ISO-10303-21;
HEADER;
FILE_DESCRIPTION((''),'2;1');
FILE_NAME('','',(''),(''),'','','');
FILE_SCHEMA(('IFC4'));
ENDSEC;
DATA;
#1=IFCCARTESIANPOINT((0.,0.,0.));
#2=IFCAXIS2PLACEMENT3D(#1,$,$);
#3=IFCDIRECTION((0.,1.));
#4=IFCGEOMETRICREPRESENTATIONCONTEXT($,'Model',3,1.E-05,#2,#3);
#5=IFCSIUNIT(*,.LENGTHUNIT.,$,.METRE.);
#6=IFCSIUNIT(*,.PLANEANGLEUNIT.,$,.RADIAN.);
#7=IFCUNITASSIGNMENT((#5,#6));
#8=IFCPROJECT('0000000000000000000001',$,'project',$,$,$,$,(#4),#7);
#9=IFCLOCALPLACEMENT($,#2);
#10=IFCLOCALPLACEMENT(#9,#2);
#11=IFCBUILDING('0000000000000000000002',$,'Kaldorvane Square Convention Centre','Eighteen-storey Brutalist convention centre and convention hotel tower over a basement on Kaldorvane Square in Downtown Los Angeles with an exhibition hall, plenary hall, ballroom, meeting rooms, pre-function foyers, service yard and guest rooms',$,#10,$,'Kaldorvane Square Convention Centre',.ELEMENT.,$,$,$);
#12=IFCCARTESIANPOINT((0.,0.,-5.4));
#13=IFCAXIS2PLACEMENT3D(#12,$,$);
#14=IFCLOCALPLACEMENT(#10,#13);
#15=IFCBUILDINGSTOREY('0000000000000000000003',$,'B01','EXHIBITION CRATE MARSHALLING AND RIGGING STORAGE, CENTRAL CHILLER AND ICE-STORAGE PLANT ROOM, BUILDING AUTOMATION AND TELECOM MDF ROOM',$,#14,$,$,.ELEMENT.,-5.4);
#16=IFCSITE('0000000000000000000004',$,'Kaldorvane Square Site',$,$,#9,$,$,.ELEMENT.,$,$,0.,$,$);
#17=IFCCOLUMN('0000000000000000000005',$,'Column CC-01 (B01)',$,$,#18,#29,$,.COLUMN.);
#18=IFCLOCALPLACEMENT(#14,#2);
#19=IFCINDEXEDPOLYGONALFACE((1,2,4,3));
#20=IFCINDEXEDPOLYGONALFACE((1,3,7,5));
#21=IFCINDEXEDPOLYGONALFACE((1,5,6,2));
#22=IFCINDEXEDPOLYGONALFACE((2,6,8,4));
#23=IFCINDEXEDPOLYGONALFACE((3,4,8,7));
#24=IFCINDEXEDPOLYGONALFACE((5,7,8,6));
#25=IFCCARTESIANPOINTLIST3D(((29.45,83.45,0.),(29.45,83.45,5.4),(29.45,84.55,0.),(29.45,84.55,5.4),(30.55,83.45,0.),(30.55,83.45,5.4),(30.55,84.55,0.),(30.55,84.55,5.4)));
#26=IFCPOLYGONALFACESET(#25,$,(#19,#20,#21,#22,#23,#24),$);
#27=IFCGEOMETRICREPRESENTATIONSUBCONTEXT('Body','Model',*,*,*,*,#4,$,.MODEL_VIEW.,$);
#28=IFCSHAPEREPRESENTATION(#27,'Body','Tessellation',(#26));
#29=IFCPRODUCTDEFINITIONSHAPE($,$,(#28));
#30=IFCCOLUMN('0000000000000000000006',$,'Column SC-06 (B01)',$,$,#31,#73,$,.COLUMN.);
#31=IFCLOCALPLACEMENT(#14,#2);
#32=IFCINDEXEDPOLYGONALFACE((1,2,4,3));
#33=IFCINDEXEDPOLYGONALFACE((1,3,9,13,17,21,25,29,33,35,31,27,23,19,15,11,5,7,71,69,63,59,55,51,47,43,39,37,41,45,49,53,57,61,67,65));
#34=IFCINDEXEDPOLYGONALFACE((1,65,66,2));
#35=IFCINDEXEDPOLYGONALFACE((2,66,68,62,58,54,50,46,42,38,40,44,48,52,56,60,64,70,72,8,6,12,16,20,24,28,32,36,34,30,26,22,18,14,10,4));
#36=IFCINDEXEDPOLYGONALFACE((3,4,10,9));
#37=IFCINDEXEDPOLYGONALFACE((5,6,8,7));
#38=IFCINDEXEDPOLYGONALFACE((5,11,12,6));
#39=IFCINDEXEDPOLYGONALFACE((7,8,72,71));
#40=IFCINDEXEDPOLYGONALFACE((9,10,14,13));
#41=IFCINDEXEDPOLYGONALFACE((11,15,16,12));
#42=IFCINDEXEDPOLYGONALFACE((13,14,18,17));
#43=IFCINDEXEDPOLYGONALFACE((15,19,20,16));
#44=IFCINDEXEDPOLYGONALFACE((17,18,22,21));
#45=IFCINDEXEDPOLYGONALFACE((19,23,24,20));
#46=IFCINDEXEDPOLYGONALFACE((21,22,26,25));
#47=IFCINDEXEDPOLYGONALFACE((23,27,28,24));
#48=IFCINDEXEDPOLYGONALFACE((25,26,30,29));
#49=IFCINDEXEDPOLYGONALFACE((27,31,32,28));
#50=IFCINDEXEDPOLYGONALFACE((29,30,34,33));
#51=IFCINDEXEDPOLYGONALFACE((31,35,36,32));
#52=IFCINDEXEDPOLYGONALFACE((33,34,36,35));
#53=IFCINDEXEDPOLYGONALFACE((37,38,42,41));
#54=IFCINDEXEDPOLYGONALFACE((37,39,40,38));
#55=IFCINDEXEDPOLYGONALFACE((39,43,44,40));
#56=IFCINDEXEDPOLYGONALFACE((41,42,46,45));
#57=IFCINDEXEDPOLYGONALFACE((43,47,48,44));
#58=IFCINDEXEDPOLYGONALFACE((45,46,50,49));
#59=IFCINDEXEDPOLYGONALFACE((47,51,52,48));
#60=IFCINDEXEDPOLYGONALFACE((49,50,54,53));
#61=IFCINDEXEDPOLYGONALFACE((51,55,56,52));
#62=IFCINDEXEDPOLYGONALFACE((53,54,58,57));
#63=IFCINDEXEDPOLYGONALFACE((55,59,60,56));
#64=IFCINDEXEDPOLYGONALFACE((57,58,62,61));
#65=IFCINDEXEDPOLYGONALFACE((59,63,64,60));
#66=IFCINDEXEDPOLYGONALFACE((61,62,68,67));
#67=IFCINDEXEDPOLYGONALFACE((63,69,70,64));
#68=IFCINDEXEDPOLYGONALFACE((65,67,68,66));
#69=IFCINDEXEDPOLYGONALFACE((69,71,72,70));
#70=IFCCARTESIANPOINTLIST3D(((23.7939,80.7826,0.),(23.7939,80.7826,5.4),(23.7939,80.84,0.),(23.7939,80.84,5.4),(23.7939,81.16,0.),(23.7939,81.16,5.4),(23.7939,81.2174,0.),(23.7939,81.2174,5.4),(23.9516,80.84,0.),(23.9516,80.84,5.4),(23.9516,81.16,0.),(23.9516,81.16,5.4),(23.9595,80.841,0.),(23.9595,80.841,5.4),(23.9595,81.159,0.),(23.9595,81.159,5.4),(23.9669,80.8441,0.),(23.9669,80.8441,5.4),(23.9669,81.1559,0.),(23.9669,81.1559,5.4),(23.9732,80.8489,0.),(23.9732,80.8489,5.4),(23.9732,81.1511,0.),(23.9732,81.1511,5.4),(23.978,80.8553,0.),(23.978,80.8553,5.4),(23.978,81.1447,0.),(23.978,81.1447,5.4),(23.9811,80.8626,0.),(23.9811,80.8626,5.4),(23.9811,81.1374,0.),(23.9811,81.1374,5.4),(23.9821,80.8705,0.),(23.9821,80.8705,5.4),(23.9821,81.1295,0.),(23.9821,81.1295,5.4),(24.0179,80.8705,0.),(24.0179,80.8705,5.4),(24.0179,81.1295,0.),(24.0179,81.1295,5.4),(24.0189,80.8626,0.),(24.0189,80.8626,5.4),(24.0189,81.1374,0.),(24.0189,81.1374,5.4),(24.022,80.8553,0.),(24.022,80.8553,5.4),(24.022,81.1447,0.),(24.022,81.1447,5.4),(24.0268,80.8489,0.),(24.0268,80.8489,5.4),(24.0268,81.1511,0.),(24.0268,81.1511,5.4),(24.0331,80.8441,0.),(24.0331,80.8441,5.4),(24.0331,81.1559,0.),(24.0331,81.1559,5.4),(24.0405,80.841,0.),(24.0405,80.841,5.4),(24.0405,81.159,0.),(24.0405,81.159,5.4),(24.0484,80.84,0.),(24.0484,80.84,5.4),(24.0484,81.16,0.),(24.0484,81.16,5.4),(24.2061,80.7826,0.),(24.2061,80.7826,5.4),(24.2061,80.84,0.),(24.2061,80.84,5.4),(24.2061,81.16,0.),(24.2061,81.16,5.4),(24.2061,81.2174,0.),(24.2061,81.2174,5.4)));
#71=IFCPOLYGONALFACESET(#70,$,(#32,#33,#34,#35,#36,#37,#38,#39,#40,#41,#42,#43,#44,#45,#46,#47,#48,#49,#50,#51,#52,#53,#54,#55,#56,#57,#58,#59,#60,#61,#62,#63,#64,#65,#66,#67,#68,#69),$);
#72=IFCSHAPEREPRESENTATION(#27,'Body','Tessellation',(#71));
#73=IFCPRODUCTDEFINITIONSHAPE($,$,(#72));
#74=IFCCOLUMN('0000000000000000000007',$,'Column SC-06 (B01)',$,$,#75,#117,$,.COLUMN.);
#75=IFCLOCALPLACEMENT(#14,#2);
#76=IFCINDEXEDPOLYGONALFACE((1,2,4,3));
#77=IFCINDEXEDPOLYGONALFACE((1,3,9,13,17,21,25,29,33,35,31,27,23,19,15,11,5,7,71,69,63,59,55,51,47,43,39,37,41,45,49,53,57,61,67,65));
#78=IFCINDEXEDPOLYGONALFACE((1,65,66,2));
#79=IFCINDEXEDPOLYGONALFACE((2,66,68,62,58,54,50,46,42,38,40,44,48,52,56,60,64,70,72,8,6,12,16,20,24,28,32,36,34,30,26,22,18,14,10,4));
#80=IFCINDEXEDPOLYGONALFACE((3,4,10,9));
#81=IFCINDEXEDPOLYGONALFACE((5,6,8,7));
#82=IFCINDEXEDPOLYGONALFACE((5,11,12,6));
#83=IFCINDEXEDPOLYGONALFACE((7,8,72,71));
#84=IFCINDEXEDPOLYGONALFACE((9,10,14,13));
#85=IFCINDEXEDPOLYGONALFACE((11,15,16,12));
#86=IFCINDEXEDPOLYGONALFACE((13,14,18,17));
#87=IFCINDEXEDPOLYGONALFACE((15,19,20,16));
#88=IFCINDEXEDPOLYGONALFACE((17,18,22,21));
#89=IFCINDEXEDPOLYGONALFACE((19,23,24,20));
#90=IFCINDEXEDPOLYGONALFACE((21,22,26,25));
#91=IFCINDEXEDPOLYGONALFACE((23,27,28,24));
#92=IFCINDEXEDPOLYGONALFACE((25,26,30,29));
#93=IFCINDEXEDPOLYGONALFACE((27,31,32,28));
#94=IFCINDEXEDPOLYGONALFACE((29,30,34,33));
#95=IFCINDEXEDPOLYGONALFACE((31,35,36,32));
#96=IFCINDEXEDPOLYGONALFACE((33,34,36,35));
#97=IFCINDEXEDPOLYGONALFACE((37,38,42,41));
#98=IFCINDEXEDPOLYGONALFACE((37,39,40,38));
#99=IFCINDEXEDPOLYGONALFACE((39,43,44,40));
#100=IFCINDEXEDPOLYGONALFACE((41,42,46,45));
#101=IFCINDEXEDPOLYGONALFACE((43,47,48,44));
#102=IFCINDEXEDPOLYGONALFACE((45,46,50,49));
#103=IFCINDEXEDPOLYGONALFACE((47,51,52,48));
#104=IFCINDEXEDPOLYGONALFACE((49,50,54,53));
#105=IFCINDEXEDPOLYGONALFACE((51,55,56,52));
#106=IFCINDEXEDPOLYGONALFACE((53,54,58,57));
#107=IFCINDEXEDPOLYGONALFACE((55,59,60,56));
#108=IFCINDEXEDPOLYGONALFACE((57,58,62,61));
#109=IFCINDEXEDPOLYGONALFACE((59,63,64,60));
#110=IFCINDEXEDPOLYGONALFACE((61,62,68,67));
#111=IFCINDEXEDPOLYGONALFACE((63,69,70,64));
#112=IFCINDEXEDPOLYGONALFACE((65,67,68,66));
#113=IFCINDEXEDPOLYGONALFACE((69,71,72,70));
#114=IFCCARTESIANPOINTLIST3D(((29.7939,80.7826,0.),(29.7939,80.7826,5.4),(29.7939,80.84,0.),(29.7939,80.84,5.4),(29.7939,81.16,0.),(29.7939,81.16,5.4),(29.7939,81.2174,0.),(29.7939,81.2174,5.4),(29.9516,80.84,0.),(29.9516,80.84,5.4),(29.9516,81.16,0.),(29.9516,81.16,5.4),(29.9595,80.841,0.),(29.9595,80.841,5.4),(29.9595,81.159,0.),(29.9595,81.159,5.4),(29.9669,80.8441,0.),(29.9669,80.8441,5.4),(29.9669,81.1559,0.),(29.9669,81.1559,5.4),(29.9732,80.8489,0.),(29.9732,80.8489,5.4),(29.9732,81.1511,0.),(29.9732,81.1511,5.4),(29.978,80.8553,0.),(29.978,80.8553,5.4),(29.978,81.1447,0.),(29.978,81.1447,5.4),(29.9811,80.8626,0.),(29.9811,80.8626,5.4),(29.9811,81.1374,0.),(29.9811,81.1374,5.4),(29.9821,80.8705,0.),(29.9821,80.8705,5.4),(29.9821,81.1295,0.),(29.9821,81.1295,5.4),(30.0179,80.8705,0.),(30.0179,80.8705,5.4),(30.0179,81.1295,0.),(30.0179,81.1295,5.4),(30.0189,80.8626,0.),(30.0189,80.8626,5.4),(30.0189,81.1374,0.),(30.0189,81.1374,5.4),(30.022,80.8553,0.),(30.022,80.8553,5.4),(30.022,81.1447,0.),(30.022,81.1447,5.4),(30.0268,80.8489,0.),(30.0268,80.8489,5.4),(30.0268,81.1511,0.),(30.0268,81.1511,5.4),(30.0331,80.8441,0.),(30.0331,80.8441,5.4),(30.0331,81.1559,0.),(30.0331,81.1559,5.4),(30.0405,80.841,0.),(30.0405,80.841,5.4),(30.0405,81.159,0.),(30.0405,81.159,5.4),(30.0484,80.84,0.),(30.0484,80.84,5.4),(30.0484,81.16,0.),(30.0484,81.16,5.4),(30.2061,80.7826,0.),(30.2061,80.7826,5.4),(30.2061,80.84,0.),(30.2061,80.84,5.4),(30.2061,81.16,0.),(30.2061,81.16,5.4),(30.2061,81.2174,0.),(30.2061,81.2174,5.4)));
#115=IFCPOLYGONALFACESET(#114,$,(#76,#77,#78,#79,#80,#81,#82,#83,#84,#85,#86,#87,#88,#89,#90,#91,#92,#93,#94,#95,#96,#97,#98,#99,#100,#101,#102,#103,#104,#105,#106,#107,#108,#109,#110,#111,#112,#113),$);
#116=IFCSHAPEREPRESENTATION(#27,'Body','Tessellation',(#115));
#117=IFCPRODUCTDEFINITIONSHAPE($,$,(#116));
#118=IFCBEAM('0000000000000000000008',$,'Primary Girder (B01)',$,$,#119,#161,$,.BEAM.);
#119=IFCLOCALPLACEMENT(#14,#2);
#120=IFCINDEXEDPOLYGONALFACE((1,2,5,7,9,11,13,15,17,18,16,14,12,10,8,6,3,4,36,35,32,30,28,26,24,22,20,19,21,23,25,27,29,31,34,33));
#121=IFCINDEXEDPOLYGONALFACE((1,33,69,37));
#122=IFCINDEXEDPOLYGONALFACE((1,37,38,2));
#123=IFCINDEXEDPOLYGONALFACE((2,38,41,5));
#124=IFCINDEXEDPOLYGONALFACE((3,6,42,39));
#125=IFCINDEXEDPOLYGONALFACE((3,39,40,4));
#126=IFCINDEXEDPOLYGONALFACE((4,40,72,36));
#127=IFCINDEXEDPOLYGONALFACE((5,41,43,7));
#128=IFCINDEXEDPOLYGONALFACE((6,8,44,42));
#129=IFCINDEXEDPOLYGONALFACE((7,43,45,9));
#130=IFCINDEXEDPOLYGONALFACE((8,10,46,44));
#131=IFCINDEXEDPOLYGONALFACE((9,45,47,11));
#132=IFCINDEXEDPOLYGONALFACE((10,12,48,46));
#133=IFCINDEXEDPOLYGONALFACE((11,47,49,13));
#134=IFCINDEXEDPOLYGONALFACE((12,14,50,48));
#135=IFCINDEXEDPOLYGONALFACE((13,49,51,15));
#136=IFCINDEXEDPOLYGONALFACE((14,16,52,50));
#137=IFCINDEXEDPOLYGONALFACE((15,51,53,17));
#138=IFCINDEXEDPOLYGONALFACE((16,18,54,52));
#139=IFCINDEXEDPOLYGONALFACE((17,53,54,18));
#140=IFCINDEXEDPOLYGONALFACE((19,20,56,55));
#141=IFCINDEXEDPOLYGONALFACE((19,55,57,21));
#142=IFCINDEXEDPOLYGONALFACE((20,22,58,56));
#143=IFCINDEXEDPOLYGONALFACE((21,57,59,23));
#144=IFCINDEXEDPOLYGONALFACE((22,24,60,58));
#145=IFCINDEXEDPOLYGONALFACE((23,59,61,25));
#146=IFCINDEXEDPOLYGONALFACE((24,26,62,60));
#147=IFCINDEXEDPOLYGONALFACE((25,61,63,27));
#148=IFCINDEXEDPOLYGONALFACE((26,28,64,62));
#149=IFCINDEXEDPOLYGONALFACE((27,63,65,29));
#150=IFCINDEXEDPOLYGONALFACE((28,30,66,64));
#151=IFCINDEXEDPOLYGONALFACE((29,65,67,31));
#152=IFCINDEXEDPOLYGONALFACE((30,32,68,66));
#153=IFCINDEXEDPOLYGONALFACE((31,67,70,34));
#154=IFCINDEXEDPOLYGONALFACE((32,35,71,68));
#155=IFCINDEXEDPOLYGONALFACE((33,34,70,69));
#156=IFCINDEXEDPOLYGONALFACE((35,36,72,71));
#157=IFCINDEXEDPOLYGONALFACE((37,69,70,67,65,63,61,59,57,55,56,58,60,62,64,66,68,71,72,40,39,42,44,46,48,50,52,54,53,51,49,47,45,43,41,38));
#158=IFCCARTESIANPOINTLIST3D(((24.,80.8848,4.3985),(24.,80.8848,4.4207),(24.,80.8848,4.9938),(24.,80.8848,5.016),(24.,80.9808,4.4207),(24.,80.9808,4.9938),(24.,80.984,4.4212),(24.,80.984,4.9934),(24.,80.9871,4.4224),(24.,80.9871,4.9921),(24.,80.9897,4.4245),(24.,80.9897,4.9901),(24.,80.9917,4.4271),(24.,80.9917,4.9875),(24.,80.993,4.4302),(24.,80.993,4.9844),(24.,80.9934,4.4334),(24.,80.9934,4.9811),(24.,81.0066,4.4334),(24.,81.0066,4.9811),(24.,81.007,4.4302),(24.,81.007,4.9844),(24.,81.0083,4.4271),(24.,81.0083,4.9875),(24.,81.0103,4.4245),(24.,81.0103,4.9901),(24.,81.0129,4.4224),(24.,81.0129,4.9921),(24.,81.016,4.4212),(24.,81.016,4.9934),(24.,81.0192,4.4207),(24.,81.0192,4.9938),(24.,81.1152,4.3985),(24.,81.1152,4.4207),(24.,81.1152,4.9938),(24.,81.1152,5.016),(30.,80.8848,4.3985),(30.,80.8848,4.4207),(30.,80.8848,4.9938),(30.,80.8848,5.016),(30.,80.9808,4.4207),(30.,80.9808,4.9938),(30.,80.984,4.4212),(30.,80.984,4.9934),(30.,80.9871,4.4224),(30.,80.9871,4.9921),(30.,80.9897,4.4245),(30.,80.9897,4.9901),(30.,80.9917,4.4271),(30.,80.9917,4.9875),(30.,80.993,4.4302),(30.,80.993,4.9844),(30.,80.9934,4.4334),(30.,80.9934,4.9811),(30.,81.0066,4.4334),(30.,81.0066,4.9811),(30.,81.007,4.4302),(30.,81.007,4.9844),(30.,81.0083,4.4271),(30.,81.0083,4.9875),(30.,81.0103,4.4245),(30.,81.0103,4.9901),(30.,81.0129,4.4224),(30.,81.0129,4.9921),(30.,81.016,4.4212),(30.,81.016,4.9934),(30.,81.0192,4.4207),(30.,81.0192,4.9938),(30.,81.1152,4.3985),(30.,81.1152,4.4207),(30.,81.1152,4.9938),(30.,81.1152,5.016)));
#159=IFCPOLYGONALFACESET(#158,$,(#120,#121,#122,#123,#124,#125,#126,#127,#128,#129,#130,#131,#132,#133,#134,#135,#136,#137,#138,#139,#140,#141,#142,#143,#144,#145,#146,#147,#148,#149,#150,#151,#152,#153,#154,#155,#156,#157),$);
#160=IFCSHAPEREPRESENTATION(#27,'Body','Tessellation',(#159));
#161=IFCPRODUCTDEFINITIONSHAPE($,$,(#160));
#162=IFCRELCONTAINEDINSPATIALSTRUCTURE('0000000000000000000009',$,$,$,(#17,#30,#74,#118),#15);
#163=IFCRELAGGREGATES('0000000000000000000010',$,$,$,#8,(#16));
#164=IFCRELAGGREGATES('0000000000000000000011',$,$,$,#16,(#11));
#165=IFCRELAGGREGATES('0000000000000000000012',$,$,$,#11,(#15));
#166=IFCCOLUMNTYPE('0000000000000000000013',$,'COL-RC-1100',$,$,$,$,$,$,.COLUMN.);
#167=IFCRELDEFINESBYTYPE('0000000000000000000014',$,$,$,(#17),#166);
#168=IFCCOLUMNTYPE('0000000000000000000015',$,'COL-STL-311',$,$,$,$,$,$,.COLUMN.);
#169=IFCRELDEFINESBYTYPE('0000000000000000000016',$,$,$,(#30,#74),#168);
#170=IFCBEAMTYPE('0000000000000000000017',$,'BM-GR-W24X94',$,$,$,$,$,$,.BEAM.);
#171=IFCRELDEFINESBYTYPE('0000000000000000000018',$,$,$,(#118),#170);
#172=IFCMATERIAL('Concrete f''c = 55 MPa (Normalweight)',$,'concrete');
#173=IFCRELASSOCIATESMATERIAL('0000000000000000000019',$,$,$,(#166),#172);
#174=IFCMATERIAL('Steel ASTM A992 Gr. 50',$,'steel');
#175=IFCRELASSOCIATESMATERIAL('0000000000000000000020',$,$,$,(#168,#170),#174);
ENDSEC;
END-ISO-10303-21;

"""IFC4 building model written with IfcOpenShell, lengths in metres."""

from ifc_helpers import new_model, si_unit, direction, frame, origin, origin_2d, place, context, subcontext, project, spatial, rectangle, i_section, extrude, material, material_profile, profile_set, type_object, element, save


model = new_model("IFC4")

# Units and contexts
model_context = context("Model", 3, precision=1e-05, world=origin(), true_north=direction((0.0, 1.0)))
body_context = subcontext(model_context, "Body", "Model", "MODEL_VIEW")
ifc_project = project(units=[si_unit("LENGTHUNIT", "METRE"), si_unit("PLANEANGLEUNIT", "RADIAN")], contexts=[model_context])

# Site, building, storey
site_placement = place(None, origin())
site = spatial("IfcSite", under=ifc_project, at=site_placement, Name="Kaldorvane Square Site", CompositionType="ELEMENT", RefElevation=0.0)
building_placement = place(site_placement, origin())
building = spatial("IfcBuilding", under=site, at=building_placement, Name="Kaldorvane Square Convention Centre", Description="Eighteen-storey Brutalist convention centre and convention hotel tower over a basement on Kaldorvane Square in Downtown Los Angeles with an exhibition hall, plenary hall, ballroom, meeting rooms, pre-function foyers, service yard and guest rooms", LongName="Kaldorvane Square Convention Centre", CompositionType="ELEMENT")
storey_placement = place(building_placement, frame((0.0, 0.0, -5.4)))
storey = spatial("IfcBuildingStorey", under=building, at=storey_placement, Name="B01", Description="EXHIBITION CRATE MARSHALLING AND RIGGING STORAGE, CENTRAL CHILLER AND ICE-STORAGE PLANT ROOM, BUILDING AUTOMATION AND TELECOM MDF ROOM", CompositionType="ELEMENT", Elevation=-5.4)

# Columns
ifc_material_1 = material(Name="Concrete f'c = 55 MPa (Normalweight)", Category="concrete")
ifc_material_profile_1 = material_profile(ifc_material_1, rectangle(XDim=1.1, YDim=1.1, at=origin_2d()), Name="RC1100X1100")
ifc_profile_set_1 = profile_set([ifc_material_profile_1], Name="Concrete f'c = 55 MPa (Normalweight)")
column_type_1 = type_object("IfcColumnType", Name="COL-RC-1100", PredefinedType="COLUMN", material=ifc_profile_set_1)
for number, where, z_axis, x_axis, name in (
    (1, (30.0, 84.0, 0.0), (0.0, 0.0, 1.0), (1.0, 0.0, 0.0), "Column CC-01 (B01)"),
):
    element("IfcColumn", number, at=place(storey_placement, frame(where, z_axis=z_axis, x_axis=x_axis)), inside=storey, type_object=column_type_1, Name=name, PredefinedType="COLUMN", context=body_context, shape_type="SweptSolid", body=[
        extrude(rectangle(XDim=1.1, YDim=1.1, at=origin_2d()), origin(), (0.0, 0.0, 1.0), 5.4),
    ])
ifc_material_2 = material(Name="Steel ASTM A992 Gr. 50", Category="steel")
ifc_material_profile_2 = material_profile(ifc_material_2, i_section(OverallWidth=0.4122, OverallDepth=0.4348, WebThickness=0.0358, FlangeThickness=0.0574, FilletRadius=0.0305, at=origin_2d()), Name="W14X311")
ifc_profile_set_2 = profile_set([ifc_material_profile_2], Name="Steel ASTM A992 Gr. 50")
column_type_2 = type_object("IfcColumnType", Name="COL-STL-311", PredefinedType="COLUMN", material=ifc_profile_set_2)
for number, where, z_axis, x_axis, name in (
    (2, (24.0, 81.0, 0.0), (0.0, 0.0, 1.0), (1.0, 0.0, 0.0), "Column SC-06 (B01)"),
    (3, (30.0, 81.0, 0.0), (0.0, 0.0, 1.0), (1.0, 0.0, 0.0), "Column SC-06 (B01)"),
):
    element("IfcColumn", number, at=place(storey_placement, frame(where, z_axis=z_axis, x_axis=x_axis)), inside=storey, type_object=column_type_2, Name=name, PredefinedType="COLUMN", context=body_context, shape_type="SweptSolid", body=[
        extrude(i_section(OverallWidth=0.4122, OverallDepth=0.4348, WebThickness=0.0358, FlangeThickness=0.0574, FilletRadius=0.0305, at=origin_2d()), origin(), (0.0, 0.0, 1.0), 5.4),
    ])

# Beam
ifc_material_profile_3 = material_profile(ifc_material_2, i_section(OverallWidth=0.2303, OverallDepth=0.6175, WebThickness=0.0131, FlangeThickness=0.0222, FilletRadius=0.0127, at=origin_2d()), Name="W24X94")
ifc_profile_set_3 = profile_set([ifc_material_profile_3], Name="Steel ASTM A992 Gr. 50")
beam_type_1 = type_object("IfcBeamType", Name="BM-GR-W24X94", PredefinedType="BEAM", material=ifc_profile_set_3)
for number, where, z_axis, x_axis, name in (
    (4, (24.0, 81.0, 4.7073), (1.0, 0.0, 0.0), (0.0, 1.0, 0.0), "Primary Girder (B01)"),
):
    element("IfcBeam", number, at=place(storey_placement, frame(where, z_axis=z_axis, x_axis=x_axis)), inside=storey, type_object=beam_type_1, Name=name, PredefinedType="BEAM", context=body_context, shape_type="SweptSolid", body=[
        extrude(i_section(OverallWidth=0.2303, OverallDepth=0.6175, WebThickness=0.0131, FlangeThickness=0.0222, FilletRadius=0.0127, at=origin_2d()), origin(), (0.0, 0.0, 1.0), 6.0),
    ])

save(model, "model.ifc")
